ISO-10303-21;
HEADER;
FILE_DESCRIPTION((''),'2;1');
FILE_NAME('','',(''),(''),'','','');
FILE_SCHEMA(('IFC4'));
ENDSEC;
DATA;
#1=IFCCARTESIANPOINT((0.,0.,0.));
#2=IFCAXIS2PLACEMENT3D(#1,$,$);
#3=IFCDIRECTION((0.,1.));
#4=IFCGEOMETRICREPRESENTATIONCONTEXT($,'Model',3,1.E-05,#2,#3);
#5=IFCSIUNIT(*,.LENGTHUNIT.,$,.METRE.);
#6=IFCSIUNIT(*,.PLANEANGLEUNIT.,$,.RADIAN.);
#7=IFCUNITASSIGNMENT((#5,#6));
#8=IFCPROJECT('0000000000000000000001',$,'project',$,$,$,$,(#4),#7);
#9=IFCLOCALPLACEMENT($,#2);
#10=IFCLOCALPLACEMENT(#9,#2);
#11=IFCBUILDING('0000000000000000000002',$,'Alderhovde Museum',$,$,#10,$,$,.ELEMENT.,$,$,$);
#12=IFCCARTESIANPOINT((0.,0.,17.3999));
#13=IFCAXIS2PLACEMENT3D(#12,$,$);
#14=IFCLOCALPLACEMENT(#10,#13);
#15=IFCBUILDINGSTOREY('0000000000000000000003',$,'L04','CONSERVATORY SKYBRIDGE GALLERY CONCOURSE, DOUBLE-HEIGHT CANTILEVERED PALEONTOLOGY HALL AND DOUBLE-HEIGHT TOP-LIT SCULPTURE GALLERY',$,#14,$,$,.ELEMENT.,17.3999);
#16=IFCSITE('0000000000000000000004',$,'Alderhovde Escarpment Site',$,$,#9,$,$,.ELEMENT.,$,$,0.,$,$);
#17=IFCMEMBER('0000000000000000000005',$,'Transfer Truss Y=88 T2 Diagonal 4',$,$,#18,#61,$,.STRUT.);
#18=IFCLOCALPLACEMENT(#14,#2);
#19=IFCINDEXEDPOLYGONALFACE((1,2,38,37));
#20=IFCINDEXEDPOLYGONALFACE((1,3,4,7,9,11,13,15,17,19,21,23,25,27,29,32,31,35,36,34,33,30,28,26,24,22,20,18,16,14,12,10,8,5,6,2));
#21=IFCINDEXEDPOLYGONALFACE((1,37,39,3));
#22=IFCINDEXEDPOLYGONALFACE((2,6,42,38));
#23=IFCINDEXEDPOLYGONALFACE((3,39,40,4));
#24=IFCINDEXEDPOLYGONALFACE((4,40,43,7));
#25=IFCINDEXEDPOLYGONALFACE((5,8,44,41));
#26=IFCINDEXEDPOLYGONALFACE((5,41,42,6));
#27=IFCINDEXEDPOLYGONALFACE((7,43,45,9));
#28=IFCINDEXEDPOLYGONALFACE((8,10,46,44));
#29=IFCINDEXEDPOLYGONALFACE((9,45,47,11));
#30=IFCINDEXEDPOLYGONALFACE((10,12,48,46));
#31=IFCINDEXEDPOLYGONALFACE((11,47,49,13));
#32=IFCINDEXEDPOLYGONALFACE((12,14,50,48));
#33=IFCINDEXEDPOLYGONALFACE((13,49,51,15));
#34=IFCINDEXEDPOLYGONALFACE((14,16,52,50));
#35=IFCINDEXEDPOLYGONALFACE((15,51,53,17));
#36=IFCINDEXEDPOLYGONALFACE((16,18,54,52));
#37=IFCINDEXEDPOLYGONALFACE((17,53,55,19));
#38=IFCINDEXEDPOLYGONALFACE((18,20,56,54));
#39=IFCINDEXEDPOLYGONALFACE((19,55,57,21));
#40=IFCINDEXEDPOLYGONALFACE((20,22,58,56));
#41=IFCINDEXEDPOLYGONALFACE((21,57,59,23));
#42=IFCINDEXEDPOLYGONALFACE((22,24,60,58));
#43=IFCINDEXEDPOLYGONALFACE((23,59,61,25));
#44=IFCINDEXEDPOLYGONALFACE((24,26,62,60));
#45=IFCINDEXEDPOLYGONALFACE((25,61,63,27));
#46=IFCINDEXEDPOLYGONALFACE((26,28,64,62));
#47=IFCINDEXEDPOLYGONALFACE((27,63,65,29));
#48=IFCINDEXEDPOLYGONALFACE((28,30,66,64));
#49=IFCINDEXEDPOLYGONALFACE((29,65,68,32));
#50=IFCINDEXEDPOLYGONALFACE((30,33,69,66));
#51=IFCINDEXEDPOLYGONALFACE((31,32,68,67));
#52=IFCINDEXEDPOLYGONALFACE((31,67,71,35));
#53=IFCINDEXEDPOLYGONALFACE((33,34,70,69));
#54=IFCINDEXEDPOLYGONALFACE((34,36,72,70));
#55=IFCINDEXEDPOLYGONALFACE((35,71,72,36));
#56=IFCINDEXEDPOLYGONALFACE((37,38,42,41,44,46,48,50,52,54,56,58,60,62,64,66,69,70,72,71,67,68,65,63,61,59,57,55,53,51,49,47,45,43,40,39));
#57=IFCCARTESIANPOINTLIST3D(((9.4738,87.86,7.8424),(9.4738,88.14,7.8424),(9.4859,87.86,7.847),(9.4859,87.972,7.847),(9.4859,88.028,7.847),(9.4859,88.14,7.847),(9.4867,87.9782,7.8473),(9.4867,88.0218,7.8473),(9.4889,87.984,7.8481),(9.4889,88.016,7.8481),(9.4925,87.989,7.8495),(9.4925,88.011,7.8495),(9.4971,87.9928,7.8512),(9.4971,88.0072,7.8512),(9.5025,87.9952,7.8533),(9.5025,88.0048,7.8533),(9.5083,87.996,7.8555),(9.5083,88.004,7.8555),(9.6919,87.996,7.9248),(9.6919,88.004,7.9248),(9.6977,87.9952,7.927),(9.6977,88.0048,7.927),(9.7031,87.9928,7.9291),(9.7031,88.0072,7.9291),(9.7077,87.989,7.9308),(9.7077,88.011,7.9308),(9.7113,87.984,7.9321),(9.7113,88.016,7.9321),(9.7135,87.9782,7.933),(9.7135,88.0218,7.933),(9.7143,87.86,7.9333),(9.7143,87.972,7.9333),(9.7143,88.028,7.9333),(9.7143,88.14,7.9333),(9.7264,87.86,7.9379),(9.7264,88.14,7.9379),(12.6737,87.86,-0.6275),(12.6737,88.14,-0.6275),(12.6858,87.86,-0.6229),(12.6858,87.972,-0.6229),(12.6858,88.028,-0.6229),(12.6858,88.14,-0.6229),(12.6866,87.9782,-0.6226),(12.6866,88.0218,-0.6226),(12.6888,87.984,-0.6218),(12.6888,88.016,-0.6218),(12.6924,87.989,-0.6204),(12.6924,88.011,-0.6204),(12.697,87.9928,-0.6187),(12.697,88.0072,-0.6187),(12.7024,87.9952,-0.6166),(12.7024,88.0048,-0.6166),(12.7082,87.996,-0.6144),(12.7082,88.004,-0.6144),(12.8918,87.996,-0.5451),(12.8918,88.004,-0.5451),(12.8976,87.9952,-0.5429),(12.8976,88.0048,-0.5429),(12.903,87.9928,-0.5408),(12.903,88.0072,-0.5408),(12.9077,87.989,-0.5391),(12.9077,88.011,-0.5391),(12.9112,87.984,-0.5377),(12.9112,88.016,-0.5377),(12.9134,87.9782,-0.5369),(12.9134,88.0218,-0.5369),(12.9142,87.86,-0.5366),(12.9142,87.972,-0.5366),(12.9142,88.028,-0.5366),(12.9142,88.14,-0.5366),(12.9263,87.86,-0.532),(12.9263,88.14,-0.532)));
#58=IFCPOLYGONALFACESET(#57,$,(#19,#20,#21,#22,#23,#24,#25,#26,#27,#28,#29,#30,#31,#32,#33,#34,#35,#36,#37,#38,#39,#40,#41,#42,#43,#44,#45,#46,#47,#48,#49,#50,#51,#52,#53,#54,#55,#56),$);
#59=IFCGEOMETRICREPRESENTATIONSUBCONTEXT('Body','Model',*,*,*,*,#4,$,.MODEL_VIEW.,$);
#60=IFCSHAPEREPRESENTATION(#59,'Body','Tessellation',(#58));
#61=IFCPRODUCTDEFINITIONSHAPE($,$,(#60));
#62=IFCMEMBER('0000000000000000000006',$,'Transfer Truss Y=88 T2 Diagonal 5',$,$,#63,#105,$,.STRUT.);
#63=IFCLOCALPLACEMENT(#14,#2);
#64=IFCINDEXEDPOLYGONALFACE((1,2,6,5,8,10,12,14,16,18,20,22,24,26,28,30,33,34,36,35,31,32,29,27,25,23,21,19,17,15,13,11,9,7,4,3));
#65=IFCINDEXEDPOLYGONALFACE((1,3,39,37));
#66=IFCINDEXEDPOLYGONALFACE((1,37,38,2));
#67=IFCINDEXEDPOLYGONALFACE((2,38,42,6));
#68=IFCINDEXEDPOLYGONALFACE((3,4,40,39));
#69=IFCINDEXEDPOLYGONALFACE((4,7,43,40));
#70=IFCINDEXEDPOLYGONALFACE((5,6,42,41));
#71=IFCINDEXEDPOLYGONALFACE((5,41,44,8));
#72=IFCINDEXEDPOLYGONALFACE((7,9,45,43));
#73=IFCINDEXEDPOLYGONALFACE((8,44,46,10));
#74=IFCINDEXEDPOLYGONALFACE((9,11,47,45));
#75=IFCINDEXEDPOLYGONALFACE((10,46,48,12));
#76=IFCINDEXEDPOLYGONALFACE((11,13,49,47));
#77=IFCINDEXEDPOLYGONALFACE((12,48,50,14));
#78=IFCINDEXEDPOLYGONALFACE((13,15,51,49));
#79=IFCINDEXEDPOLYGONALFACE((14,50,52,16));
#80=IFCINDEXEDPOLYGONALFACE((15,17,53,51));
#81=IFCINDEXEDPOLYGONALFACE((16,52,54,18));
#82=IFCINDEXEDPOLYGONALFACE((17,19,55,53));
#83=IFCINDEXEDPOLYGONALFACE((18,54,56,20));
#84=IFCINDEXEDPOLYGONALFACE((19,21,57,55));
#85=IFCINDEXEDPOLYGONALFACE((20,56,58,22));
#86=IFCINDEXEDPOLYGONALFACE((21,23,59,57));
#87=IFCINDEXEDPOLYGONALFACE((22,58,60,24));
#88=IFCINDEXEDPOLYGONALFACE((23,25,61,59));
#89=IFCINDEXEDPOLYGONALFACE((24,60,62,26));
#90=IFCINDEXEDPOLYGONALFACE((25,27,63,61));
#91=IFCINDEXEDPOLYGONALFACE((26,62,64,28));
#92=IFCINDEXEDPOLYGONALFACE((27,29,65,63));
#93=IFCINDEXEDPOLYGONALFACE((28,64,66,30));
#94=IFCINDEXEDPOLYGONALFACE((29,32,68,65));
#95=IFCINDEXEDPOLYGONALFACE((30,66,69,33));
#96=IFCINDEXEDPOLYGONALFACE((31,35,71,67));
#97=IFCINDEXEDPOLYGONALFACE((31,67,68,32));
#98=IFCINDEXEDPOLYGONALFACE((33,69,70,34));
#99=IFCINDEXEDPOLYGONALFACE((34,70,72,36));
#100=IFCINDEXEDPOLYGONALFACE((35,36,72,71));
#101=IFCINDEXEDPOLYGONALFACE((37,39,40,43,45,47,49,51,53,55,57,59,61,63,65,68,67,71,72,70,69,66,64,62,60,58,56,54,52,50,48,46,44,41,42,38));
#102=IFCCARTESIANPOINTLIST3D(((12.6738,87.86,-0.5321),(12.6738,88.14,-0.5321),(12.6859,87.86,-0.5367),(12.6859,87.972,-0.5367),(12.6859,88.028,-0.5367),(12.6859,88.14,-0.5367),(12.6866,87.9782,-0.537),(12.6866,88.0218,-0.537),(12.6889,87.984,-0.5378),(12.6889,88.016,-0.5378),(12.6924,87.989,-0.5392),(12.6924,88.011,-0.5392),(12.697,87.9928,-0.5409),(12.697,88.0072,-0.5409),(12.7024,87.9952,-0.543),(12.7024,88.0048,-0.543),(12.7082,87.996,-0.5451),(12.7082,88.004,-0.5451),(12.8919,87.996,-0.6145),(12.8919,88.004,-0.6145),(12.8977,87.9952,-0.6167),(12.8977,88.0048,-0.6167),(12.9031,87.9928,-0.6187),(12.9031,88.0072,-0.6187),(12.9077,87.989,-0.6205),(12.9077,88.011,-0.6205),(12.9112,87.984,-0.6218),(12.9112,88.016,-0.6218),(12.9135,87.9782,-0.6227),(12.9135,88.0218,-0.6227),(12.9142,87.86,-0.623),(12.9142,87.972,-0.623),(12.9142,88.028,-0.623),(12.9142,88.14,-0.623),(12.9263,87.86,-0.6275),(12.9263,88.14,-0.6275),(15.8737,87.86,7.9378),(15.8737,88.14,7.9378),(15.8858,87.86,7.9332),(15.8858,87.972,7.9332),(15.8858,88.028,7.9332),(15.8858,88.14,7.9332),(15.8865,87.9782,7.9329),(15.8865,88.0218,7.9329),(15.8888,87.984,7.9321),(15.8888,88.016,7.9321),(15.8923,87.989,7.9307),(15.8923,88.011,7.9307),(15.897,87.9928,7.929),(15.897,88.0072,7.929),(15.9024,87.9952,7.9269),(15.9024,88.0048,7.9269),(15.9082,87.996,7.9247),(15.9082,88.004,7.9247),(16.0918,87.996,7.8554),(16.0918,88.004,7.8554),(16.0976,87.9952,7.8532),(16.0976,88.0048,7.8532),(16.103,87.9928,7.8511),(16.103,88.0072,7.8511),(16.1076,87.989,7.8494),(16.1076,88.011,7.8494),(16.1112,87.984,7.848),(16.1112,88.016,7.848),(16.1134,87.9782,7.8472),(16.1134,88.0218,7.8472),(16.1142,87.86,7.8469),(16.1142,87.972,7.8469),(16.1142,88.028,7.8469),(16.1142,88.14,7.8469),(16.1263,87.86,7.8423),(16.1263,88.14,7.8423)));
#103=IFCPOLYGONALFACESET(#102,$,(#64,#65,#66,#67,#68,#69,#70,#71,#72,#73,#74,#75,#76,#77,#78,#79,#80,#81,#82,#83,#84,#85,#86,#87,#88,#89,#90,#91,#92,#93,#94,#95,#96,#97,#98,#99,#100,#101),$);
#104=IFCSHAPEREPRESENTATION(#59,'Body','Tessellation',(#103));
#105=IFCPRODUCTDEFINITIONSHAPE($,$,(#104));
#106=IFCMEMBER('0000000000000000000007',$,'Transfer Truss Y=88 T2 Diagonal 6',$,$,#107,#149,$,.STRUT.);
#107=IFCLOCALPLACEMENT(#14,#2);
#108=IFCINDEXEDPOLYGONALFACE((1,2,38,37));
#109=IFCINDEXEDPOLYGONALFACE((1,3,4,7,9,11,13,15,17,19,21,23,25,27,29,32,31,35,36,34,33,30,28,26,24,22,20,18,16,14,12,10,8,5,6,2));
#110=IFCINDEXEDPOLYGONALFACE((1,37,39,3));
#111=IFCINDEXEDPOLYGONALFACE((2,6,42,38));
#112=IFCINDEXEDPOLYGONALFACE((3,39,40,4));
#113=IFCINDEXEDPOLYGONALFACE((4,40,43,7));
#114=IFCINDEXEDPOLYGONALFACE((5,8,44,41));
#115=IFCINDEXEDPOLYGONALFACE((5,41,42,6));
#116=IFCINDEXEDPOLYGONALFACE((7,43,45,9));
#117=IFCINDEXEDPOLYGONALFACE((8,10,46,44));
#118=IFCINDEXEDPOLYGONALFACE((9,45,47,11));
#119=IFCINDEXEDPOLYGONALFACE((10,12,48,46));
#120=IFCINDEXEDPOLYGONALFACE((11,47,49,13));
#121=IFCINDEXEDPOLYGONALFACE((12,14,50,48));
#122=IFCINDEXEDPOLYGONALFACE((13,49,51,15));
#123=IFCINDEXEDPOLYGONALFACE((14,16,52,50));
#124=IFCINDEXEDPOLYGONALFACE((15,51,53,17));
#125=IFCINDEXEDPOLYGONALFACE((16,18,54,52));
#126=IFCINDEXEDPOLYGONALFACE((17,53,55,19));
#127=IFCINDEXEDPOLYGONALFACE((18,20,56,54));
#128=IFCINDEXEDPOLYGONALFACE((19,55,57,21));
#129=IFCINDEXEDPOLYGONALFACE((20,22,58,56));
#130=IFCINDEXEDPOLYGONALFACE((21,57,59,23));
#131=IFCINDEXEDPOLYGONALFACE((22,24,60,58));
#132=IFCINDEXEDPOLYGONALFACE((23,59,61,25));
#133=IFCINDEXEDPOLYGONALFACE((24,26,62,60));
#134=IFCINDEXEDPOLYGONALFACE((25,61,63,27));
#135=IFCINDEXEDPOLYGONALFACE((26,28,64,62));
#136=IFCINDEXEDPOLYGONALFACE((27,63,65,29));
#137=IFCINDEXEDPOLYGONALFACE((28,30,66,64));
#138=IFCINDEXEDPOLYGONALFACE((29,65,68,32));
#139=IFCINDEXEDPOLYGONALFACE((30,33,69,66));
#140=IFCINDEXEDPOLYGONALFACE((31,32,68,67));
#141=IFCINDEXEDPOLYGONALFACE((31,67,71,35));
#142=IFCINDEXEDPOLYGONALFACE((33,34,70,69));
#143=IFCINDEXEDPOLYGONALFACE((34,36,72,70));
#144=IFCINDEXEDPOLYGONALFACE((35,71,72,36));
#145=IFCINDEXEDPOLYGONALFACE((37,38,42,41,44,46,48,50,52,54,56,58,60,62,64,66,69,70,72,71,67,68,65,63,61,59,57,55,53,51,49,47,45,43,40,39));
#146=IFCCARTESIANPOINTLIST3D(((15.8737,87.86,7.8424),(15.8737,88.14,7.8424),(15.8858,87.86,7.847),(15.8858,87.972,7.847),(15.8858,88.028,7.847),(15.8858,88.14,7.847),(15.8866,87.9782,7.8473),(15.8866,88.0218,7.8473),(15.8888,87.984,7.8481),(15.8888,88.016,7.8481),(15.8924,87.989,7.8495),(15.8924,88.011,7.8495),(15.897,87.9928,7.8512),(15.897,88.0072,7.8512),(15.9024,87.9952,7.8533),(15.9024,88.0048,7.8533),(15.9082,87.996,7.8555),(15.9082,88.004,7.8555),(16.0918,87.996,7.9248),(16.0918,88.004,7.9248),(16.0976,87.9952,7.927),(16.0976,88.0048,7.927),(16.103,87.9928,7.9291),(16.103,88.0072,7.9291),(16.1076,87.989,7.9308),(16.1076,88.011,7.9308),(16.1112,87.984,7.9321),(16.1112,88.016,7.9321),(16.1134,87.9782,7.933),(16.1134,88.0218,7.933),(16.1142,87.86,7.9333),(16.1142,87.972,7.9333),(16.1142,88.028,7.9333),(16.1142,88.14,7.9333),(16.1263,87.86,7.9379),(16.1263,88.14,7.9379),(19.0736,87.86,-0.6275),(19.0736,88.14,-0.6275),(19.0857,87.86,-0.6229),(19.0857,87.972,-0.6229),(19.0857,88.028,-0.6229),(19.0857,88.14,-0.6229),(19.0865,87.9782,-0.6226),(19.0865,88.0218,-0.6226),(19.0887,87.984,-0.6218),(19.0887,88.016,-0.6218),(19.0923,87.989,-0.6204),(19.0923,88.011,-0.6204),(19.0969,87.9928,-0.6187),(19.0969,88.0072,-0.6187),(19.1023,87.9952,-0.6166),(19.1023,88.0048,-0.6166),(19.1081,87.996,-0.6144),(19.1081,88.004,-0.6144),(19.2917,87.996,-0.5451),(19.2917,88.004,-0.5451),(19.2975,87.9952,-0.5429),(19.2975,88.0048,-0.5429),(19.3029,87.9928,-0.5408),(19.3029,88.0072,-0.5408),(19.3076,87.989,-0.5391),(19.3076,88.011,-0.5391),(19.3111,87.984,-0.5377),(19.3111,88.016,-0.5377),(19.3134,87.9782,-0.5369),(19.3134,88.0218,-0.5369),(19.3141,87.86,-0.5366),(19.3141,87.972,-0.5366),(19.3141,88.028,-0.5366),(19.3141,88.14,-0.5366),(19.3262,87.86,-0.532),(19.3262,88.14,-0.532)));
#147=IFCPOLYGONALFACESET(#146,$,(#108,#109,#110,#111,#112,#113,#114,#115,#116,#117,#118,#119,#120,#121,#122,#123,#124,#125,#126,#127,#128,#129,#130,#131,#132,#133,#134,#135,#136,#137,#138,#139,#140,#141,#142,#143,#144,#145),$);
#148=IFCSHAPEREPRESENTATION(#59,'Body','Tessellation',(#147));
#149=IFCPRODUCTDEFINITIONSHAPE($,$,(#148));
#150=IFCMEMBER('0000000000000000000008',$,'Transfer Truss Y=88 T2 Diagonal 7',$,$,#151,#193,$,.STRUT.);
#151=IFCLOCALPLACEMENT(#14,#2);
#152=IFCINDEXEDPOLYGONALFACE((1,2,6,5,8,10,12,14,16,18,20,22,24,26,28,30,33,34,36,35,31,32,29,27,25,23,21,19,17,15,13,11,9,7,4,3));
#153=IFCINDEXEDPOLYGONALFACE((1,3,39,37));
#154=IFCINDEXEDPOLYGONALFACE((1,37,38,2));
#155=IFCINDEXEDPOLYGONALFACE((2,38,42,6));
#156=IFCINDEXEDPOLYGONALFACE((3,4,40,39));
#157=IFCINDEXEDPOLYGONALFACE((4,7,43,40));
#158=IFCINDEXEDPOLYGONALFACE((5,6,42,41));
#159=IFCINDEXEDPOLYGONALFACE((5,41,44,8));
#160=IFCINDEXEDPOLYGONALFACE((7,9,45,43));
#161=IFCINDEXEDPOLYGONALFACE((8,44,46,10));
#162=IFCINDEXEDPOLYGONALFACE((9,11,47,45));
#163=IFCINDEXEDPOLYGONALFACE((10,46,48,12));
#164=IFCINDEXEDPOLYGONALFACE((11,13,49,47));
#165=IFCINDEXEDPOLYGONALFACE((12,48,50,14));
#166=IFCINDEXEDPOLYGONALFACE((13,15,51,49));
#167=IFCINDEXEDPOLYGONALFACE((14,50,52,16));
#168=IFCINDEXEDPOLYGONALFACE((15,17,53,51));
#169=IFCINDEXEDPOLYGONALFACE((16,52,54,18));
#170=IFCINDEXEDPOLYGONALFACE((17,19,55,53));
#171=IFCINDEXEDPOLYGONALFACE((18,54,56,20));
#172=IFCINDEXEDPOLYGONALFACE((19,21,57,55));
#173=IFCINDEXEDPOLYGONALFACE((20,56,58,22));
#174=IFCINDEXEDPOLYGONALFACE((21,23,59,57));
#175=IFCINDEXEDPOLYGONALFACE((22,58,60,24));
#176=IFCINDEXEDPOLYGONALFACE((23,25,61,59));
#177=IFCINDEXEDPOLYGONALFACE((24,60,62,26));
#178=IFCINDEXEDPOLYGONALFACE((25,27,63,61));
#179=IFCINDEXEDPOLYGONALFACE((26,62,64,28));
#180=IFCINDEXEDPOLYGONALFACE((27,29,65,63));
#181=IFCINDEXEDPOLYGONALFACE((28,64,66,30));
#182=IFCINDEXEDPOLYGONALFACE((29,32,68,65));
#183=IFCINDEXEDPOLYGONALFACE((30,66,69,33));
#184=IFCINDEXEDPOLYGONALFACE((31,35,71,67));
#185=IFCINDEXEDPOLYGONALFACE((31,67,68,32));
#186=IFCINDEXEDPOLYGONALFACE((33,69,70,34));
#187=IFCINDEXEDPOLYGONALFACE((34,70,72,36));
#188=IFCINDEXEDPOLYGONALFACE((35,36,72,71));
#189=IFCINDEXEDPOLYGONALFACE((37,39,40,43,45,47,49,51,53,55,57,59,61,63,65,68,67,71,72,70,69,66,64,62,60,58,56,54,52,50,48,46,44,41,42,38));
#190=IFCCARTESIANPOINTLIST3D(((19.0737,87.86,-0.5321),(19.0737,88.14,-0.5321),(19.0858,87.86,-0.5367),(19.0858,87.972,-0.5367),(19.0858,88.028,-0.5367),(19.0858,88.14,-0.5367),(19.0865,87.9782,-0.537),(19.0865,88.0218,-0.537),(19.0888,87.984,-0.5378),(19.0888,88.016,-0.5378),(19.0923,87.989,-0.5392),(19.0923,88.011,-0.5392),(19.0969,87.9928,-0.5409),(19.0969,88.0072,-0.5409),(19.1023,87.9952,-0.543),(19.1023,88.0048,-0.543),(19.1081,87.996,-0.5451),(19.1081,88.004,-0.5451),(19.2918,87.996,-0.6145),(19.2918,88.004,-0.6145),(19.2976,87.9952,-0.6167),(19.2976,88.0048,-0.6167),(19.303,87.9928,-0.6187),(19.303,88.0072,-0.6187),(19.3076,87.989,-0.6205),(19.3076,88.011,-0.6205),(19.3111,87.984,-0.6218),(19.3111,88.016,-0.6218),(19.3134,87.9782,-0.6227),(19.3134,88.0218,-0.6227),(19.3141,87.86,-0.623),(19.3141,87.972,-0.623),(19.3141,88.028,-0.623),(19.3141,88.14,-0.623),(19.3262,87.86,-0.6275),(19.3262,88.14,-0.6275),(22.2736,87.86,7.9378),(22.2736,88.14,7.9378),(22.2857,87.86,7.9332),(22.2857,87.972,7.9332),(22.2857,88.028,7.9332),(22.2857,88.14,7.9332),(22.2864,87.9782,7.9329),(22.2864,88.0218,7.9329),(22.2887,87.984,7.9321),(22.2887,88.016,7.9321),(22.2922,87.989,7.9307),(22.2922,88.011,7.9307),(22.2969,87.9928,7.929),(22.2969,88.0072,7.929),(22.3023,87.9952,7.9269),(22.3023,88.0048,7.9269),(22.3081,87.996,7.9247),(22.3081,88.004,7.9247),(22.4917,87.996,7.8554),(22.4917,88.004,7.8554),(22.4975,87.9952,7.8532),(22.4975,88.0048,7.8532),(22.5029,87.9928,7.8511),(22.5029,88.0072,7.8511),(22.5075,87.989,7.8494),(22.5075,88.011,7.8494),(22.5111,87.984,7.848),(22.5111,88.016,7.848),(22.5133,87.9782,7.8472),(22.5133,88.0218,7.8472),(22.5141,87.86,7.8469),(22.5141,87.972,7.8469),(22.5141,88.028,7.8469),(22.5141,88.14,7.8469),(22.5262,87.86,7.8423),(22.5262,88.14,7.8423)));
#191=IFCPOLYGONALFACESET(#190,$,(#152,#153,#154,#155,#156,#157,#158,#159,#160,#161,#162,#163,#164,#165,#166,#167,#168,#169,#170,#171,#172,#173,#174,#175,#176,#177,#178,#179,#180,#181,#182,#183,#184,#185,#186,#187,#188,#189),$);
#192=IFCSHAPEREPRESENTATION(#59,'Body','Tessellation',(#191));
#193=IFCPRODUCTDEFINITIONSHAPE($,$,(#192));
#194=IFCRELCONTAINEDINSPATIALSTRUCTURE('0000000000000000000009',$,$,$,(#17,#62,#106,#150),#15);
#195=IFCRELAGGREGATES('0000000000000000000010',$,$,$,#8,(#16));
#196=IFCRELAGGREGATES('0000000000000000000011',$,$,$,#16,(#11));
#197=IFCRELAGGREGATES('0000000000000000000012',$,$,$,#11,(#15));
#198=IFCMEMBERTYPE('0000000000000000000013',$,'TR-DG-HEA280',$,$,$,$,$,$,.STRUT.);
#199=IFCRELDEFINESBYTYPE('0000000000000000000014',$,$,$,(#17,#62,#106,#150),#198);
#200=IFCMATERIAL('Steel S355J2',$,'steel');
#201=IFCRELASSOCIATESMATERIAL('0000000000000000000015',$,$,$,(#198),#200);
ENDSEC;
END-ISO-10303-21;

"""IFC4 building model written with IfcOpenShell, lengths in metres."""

from ifc_helpers import new_model, si_unit, direction, frame, origin, origin_2d, place, context, subcontext, project, spatial, i_section, extrude, material, material_profile, profile_set, type_object, element, save


model = new_model("IFC4")

# Units and contexts
model_context = context("Model", 3, precision=1e-05, world=origin(), true_north=direction((0.0, 1.0)))
body_context = subcontext(model_context, "Body", "Model", "MODEL_VIEW")
ifc_project = project(units=[si_unit("LENGTHUNIT", "METRE"), si_unit("PLANEANGLEUNIT", "RADIAN")], contexts=[model_context])

# Site, building, storey
site_placement = place(None, origin())
site = spatial("IfcSite", under=ifc_project, at=site_placement, Name="Alderhovde Escarpment Site", CompositionType="ELEMENT", RefElevation=0.0)
building_placement = place(site_placement, origin())
building = spatial("IfcBuilding", under=site, at=building_placement, Name="Alderhovde Museum", CompositionType="ELEMENT")
storey_placement = place(building_placement, frame((0.0, 0.0, 17.3999)))
storey = spatial("IfcBuildingStorey", under=building, at=storey_placement, Name="L04", Description="CONSERVATORY SKYBRIDGE GALLERY CONCOURSE, DOUBLE-HEIGHT CANTILEVERED PALEONTOLOGY HALL AND DOUBLE-HEIGHT TOP-LIT SCULPTURE GALLERY", CompositionType="ELEMENT", Elevation=17.3999)

# Members
ifc_material_1 = material(Name="Steel S355J2", Category="steel")
ifc_material_profile_1 = material_profile(ifc_material_1, i_section(OverallWidth=0.28, OverallDepth=0.27, WebThickness=0.0081, FlangeThickness=0.0129, FilletRadius=0.0239, at=origin_2d()), Name="HEA 280")
ifc_profile_set_1 = profile_set([ifc_material_profile_1], Name="Steel S355J2")
member_type_1 = type_object("IfcMemberType", Name="TR-DG-HEA280", PredefinedType="STRUT", material=ifc_profile_set_1)
for number, where, z_axis, x_axis, name in (
    (1, (9.6001, 88.0, 7.8901), (0.353418, 0.0, -0.935465), (0.0, 1.0, 0.0), "Transfer Truss Y=88 T2 Diagonal 4"),
    (2, (12.8, 88.0, -0.5798), (0.353418, 0.0, 0.935465), (0.0, 1.0, 0.0), "Transfer Truss Y=88 T2 Diagonal 5"),
    (3, (16.0, 88.0, 7.8901), (0.353418, 0.0, -0.935465), (0.0, 1.0, 0.0), "Transfer Truss Y=88 T2 Diagonal 6"),
    (4, (19.2, 88.0, -0.5798), (0.353418, 0.0, 0.935465), (0.0, 1.0, 0.0), "Transfer Truss Y=88 T2 Diagonal 7"),
):
    element("IfcMember", number, at=place(storey_placement, frame(where, z_axis=z_axis, x_axis=x_axis)), inside=storey, type_object=member_type_1, Name=name, PredefinedType="STRUT", context=body_context, shape_type="SweptSolid", body=[
        extrude(i_section(OverallWidth=0.28, OverallDepth=0.27, WebThickness=0.0081, FlangeThickness=0.0129, FilletRadius=0.0239, at=origin_2d()), origin(), (0.0, 0.0, 1.0), 9.0542),
    ])

save(model, "model.ifc")
